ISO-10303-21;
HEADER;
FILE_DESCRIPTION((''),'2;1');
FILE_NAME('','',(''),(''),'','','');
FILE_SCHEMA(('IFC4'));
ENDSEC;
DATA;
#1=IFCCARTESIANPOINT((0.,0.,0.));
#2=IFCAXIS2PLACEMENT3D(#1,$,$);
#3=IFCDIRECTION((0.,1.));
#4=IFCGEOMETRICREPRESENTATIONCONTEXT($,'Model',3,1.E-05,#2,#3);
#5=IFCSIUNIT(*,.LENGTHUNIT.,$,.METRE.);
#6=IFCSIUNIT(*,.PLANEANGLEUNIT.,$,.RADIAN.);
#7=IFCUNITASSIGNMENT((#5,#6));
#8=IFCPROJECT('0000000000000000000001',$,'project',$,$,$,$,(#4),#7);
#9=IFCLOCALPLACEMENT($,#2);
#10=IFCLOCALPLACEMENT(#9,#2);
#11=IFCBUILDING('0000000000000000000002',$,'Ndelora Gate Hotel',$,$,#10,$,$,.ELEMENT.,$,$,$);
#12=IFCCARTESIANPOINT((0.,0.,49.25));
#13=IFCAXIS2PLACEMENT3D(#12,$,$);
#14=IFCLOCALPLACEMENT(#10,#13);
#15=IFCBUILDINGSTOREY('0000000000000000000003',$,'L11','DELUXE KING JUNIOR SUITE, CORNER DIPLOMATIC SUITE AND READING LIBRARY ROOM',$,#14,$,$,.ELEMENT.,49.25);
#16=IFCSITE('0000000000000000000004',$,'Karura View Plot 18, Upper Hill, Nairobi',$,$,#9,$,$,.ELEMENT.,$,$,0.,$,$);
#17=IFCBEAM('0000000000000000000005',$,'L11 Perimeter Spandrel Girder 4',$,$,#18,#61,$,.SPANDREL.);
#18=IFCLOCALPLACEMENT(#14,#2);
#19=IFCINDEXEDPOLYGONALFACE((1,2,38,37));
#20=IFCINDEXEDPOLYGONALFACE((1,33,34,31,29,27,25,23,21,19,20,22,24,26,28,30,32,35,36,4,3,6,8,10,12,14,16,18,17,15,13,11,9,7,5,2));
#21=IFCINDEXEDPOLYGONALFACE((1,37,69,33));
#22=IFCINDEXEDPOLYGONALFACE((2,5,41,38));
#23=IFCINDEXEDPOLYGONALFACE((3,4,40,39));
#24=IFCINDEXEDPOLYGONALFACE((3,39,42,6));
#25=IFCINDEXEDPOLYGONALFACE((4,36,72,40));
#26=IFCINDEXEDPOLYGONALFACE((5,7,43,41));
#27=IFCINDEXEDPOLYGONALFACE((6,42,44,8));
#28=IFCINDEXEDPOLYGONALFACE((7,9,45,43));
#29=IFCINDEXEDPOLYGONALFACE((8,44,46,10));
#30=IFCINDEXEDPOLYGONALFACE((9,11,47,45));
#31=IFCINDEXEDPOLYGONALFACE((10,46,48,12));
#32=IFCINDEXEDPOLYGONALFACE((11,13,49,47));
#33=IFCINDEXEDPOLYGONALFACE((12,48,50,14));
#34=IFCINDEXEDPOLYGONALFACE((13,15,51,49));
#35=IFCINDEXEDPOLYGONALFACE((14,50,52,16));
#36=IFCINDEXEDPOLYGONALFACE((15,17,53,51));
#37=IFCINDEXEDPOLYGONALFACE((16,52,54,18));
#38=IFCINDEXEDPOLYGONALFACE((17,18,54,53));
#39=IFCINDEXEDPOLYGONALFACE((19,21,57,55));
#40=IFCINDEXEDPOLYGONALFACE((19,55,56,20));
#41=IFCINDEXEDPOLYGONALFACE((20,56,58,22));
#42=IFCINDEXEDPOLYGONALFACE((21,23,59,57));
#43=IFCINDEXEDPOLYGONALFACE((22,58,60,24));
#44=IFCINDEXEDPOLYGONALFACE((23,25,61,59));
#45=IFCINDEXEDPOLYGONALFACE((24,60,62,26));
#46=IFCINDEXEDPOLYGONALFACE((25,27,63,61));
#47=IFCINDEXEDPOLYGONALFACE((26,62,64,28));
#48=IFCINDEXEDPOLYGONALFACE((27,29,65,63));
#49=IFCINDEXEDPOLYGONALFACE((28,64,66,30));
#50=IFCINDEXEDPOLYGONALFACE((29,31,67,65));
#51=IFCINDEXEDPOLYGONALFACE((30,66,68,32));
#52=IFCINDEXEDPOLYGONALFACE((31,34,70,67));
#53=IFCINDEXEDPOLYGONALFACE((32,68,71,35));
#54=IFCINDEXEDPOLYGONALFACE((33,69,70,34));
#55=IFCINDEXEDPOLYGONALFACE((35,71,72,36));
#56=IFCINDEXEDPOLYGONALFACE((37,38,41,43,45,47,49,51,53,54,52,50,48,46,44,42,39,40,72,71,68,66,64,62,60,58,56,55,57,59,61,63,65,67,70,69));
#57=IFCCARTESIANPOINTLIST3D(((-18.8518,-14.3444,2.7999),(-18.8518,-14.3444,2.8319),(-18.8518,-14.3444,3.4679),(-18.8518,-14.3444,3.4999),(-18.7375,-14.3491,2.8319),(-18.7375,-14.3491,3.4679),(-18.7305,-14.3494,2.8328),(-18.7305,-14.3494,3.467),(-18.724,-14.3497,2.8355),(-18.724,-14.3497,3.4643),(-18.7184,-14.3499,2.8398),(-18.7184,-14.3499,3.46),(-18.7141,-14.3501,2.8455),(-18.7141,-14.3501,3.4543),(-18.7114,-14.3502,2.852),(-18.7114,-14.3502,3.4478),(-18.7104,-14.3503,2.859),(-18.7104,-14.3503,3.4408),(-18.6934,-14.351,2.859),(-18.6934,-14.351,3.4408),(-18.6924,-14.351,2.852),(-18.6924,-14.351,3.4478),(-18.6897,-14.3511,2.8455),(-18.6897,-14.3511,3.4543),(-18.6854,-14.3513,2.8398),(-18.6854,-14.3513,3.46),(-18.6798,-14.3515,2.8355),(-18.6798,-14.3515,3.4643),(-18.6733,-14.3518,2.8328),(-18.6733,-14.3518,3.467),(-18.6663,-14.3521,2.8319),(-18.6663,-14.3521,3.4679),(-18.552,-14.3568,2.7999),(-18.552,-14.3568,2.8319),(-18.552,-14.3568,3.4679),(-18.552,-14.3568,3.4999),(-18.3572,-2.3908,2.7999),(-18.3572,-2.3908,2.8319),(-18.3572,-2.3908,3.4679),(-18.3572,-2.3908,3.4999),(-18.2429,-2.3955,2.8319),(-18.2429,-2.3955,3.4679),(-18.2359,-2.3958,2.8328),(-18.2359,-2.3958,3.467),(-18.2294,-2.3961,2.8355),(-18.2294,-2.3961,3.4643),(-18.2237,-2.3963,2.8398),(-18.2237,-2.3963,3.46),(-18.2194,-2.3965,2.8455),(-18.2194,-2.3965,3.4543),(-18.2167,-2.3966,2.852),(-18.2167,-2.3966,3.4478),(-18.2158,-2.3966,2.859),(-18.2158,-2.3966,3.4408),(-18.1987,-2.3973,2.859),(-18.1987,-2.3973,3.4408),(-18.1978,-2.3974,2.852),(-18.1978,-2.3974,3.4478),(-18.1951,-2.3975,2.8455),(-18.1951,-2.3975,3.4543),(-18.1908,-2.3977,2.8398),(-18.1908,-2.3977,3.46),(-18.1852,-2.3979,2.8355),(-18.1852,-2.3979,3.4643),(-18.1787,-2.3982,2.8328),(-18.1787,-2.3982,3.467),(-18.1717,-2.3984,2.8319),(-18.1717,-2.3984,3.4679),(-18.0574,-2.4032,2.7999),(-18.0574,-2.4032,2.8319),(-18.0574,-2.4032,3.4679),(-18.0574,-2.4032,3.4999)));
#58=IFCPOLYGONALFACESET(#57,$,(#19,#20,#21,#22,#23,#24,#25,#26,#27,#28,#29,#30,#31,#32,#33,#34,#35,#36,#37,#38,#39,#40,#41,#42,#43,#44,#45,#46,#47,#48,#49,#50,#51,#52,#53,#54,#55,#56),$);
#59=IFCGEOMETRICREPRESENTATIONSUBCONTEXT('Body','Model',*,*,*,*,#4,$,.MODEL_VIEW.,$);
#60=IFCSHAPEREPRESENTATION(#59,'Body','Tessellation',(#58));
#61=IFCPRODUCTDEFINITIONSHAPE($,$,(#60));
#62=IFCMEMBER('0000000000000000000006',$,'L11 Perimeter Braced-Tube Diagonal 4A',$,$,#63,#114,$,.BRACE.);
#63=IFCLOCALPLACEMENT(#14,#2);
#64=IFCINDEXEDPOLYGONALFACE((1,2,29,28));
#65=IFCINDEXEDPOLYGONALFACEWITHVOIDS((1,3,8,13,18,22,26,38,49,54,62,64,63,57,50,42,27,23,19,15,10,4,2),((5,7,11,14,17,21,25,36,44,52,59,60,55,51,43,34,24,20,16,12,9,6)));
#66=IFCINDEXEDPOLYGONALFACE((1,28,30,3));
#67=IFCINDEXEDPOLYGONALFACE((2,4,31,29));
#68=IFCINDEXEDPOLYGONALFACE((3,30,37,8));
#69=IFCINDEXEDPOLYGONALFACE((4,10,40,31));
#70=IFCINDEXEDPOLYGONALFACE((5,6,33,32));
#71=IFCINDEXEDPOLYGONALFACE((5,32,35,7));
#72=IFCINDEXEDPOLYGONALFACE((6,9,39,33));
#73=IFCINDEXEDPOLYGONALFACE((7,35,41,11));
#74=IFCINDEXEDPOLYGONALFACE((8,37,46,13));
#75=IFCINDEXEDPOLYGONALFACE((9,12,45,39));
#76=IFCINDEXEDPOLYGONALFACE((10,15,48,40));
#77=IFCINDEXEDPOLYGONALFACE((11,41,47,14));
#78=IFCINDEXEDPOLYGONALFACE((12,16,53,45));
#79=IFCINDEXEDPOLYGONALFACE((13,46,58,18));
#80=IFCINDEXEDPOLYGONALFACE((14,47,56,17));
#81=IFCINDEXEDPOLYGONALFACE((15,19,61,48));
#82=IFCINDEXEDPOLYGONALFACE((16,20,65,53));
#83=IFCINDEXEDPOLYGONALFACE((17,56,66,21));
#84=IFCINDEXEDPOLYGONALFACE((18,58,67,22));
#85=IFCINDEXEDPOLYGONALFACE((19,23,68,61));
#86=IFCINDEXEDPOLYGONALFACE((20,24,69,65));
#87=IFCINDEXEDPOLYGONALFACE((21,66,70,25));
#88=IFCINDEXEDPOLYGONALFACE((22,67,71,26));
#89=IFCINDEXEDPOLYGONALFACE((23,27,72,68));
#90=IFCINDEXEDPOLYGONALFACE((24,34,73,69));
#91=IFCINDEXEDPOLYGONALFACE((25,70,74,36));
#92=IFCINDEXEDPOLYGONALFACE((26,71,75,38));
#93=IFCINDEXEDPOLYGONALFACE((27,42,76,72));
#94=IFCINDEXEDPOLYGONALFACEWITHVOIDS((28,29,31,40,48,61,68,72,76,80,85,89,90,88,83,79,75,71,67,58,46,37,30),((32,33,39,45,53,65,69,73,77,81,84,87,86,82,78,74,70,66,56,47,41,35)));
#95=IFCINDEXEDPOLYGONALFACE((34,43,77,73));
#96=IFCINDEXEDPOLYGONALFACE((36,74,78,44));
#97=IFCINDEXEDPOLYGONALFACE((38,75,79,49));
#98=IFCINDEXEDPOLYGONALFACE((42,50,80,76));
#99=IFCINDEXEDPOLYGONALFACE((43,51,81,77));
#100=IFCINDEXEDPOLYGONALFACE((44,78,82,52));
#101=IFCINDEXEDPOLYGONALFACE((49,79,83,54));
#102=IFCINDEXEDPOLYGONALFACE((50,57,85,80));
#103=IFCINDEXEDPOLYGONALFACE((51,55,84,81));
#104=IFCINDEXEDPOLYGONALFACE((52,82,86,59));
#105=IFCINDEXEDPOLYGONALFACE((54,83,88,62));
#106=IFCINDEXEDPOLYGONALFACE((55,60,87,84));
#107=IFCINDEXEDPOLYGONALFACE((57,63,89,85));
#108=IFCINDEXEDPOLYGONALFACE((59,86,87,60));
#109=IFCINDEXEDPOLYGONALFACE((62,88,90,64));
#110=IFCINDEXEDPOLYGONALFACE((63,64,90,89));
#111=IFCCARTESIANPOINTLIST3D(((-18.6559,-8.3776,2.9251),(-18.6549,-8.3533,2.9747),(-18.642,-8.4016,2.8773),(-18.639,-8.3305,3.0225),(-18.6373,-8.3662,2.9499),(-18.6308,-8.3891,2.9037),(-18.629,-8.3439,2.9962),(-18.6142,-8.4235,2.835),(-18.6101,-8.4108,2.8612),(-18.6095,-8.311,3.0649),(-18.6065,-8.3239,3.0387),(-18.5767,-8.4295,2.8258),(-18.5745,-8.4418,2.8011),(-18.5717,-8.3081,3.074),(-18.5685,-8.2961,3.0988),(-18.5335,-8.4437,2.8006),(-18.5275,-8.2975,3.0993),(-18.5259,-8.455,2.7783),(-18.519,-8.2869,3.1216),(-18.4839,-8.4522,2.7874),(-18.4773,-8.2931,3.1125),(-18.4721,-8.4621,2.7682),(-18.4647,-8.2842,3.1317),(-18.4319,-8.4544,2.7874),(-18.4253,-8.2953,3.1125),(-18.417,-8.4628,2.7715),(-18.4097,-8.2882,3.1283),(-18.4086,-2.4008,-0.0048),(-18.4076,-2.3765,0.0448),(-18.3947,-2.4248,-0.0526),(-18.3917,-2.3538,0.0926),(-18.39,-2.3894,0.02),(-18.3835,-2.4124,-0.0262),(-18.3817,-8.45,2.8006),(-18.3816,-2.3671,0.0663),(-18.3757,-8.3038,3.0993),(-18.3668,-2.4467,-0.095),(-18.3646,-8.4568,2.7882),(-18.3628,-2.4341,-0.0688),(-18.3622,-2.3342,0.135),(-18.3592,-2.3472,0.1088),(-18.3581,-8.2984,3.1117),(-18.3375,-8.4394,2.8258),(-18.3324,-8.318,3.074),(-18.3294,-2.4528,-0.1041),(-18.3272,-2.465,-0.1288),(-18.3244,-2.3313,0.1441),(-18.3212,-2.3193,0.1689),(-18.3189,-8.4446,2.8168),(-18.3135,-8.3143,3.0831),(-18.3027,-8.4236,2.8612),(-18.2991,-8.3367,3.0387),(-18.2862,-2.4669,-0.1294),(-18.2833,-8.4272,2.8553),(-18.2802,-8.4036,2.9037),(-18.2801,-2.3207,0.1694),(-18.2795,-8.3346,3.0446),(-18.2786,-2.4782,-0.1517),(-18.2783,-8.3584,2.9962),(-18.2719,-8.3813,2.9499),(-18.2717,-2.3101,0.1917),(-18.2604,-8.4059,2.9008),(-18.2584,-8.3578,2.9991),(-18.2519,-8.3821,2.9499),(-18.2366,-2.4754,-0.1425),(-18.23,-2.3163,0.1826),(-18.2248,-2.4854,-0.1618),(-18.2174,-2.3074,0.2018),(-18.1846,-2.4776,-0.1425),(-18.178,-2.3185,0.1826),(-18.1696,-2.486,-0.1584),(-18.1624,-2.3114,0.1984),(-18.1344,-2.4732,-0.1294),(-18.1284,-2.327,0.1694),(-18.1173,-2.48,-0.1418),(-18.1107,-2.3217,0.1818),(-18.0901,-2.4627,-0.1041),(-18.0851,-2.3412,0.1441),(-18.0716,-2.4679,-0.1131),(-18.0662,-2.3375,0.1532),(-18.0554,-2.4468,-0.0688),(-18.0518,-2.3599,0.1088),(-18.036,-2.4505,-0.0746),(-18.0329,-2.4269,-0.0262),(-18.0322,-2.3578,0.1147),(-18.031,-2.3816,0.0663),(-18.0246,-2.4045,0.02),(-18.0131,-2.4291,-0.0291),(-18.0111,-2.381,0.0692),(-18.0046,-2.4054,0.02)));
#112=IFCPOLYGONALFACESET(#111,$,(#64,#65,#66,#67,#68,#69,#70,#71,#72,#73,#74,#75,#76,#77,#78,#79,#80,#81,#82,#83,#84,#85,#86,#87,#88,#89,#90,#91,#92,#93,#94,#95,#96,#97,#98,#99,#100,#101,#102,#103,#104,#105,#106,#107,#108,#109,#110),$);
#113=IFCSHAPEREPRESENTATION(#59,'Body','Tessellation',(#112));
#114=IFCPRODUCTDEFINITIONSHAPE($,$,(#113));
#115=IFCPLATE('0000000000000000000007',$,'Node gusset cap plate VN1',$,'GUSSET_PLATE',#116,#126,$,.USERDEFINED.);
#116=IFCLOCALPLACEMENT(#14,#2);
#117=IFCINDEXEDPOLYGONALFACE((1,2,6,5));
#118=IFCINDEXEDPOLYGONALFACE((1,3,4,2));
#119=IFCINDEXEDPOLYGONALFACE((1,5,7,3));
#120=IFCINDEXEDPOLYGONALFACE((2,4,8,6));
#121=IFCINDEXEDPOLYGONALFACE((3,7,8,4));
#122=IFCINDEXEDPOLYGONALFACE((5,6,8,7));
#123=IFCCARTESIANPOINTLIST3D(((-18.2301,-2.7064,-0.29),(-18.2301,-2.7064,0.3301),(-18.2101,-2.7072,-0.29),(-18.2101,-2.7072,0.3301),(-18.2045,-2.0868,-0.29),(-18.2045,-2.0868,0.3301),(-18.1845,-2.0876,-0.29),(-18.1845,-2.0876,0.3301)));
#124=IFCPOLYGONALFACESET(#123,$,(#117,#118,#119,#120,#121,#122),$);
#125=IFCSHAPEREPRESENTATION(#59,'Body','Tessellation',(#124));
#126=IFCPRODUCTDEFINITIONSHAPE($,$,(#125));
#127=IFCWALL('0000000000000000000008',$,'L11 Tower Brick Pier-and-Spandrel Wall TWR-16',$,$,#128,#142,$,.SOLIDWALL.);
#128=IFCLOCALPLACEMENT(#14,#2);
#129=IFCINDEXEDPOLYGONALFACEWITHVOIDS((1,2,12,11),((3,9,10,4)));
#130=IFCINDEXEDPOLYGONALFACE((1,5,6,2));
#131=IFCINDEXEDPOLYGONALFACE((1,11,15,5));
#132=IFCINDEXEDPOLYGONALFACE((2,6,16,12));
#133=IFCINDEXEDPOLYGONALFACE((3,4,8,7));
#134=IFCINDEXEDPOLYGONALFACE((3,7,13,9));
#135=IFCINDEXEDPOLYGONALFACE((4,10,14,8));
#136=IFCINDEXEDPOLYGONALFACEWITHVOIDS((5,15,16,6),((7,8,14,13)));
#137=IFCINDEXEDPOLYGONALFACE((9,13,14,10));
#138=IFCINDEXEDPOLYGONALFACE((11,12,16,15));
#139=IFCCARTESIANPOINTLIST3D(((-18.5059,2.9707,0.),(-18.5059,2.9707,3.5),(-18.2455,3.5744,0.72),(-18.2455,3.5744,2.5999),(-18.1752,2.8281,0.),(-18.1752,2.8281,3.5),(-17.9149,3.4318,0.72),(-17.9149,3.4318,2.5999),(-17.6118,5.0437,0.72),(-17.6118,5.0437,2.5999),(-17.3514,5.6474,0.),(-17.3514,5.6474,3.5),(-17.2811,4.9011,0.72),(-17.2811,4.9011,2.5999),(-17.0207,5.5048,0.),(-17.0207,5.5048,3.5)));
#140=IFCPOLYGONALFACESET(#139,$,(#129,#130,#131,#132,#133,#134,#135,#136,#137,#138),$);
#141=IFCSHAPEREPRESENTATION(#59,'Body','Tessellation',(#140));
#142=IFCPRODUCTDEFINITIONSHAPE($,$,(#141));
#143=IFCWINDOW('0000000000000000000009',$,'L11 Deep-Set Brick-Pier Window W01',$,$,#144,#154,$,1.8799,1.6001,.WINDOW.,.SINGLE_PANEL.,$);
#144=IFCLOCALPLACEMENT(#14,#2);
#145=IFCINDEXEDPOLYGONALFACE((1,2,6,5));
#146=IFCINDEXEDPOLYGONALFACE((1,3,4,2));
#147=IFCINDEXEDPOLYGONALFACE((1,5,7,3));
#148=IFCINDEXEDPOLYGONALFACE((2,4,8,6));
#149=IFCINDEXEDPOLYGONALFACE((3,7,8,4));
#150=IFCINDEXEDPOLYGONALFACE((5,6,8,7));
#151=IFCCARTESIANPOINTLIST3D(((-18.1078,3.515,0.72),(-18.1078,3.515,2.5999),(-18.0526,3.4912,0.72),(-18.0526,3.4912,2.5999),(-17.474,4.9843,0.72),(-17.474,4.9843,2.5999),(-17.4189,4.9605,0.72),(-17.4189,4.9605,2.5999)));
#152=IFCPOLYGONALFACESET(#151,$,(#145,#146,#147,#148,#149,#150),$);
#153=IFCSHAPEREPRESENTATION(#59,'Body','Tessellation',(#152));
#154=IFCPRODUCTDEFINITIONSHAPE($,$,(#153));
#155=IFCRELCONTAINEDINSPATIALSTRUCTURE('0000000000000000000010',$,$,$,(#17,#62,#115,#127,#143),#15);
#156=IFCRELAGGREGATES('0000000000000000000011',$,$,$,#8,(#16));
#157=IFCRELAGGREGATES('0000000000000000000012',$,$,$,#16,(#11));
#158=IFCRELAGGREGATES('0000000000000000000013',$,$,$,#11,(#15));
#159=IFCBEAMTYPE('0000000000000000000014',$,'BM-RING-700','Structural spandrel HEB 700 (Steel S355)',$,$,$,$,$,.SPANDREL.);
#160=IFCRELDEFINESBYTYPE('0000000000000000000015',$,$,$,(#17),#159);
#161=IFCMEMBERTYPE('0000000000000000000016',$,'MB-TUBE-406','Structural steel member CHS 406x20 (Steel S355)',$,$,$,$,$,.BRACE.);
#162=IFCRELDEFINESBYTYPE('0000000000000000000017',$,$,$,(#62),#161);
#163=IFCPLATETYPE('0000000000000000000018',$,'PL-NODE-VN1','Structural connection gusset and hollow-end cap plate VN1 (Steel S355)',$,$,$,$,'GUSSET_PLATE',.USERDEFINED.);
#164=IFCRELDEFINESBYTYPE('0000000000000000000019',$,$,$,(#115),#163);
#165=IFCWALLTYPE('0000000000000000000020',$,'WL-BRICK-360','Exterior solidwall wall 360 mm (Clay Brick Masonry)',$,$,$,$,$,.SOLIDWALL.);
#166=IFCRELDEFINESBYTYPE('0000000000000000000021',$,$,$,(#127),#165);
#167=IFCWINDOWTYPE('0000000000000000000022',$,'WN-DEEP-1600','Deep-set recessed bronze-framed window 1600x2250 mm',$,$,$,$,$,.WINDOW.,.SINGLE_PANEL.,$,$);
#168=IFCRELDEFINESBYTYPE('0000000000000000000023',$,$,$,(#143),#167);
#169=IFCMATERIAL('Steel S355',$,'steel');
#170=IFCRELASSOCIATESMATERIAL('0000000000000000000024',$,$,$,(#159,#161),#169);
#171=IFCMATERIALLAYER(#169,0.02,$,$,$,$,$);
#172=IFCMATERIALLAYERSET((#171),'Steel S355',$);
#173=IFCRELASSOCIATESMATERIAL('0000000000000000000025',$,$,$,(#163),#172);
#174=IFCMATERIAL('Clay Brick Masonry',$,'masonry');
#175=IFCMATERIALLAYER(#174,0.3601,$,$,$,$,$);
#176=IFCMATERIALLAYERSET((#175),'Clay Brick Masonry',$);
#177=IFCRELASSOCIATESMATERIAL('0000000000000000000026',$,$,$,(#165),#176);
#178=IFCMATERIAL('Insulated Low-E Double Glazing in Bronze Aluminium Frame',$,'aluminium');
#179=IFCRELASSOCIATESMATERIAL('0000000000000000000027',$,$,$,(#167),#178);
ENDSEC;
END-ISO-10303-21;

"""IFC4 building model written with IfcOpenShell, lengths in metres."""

from ifc_helpers import new_model, si_unit, direction, frame, frame_2d, origin, origin_2d, place, context, subcontext, project, spatial, rectangle, hollow_circle, i_section, extrude, material, layer, layer_set, material_profile, profile_set, type_object, element, fill, save


model = new_model("IFC4")

# Units and contexts
model_context = context("Model", 3, precision=1e-05, world=origin(), true_north=direction((0.0, 1.0)))
body_context = subcontext(model_context, "Body", "Model", "MODEL_VIEW")
ifc_project = project(units=[si_unit("LENGTHUNIT", "METRE"), si_unit("PLANEANGLEUNIT", "RADIAN")], contexts=[model_context])

# Site, building, storey
site_placement = place(None, origin())
site = spatial("IfcSite", under=ifc_project, at=site_placement, Name="Karura View Plot 18, Upper Hill, Nairobi", CompositionType="ELEMENT", RefElevation=0.0)
building_placement = place(site_placement, origin())
building = spatial("IfcBuilding", under=site, at=building_placement, Name="Ndelora Gate Hotel", CompositionType="ELEMENT")
storey_placement = place(building_placement, frame((0.0, 0.0, 49.25)))
storey = spatial("IfcBuildingStorey", under=building, at=storey_placement, Name="L11", Description="DELUXE KING JUNIOR SUITE, CORNER DIPLOMATIC SUITE AND READING LIBRARY ROOM", CompositionType="ELEMENT", Elevation=49.25)

# Beam
ifc_material_1 = material(Name="Steel S355", Category="steel")
ifc_material_profile_1 = material_profile(ifc_material_1, i_section(OverallWidth=0.3, OverallDepth=0.7, WebThickness=0.0171, FlangeThickness=0.032, FilletRadius=0.0271, at=origin_2d()), Name="HEB 700")
ifc_profile_set_1 = profile_set([ifc_material_profile_1], Name="Steel S355")
beam_type_1 = type_object("IfcBeamType", Name="BM-RING-700", Description="Structural spandrel HEB 700 (Steel S355)", PredefinedType="SPANDREL", material=ifc_profile_set_1)
beam_1_placement = place(storey_placement, frame((-18.2073, -2.397, 3.1499), z_axis=(-0.041344, -0.999145, 0.0), x_axis=(0.999145, -0.041344, 0.0)))
element("IfcBeam", 1, at=beam_1_placement, inside=storey, type_object=beam_type_1, Name="L11 Perimeter Spandrel Girder 4", PredefinedType="SPANDREL", context=body_context, shape_type="SweptSolid", body=[
    extrude(i_section(OverallWidth=0.3, OverallDepth=0.7, WebThickness=0.0171, FlangeThickness=0.032, FilletRadius=0.0271, at=origin_2d()), origin(), (0.0, 0.0, 1.0), 11.9639),
])

# Member
ifc_material_profile_2 = material_profile(ifc_material_1, hollow_circle(Radius=0.2029, WallThickness=0.02, at=origin_2d()), Name="CHS 406x20")
ifc_profile_set_2 = profile_set([ifc_material_profile_2], Name="Steel S355")
member_type = type_object("IfcMemberType", Name="MB-TUBE-406", Description="Structural steel member CHS 406x20 (Steel S355)", PredefinedType="BRACE", material=ifc_profile_set_2)
member_placement = place(storey_placement, frame((-18.2073, -2.397, 0.02), z_axis=(-0.037129, -0.897294, 0.439869), x_axis=(0.999145, -0.041344, 0.0)))
element("IfcMember", 2, at=member_placement, inside=storey, type_object=member_type, Name="L11 Perimeter Braced-Tube Diagonal 4A", PredefinedType="BRACE", context=body_context, shape_type="SweptSolid", body=[
    extrude(hollow_circle(Radius=0.2029, WallThickness=0.02, at=origin_2d()), origin(), (0.0, 0.0, 1.0), 6.6609),
])

# Plate
ifc_layer_1 = layer(ifc_material_1, 0.02)
ifc_layer_set_1 = layer_set([ifc_layer_1], Name="Steel S355")
plate_type = type_object("IfcPlateType", Name="PL-NODE-VN1", Description="Structural connection gusset and hollow-end cap plate VN1 (Steel S355)", ElementType="GUSSET_PLATE", PredefinedType="USERDEFINED", material=ifc_layer_set_1)
plate_placement = place(storey_placement, frame((-18.2073, -2.397, -0.29), z_axis=(0.0, 0.0, 1.0), x_axis=(0.041353, 0.999145, 0.0)))
element("IfcPlate", 3, at=plate_placement, inside=storey, type_object=plate_type, Name="Node gusset cap plate VN1", ObjectType="GUSSET_PLATE", PredefinedType="USERDEFINED", context=body_context, shape_type="SweptSolid", body=[
    extrude(rectangle(XDim=0.6201, YDim=0.02, at=origin_2d()), origin(), (0.0, 0.0, 1.0), 0.6201),
])

# Wall, opening, window
ifc_material_2 = material(Name="Clay Brick Masonry", Category="masonry")
ifc_layer_2 = layer(ifc_material_2, 0.3601)
ifc_layer_set_2 = layer_set([ifc_layer_2], Name="Clay Brick Masonry")
wall_type_1 = type_object("IfcWallType", Name="WL-BRICK-360", Description="Exterior solidwall wall 360 mm (Clay Brick Masonry)", PredefinedType="SOLIDWALL", material=ifc_layer_set_2)
wall_1_placement = place(storey_placement, frame((-18.3406, 2.8994, 0.0), z_axis=(0.0, 0.0, 1.0), x_axis=(0.396051, 0.918229, 0.0)))
wall_1 = element("IfcWall", 4, at=wall_1_placement, inside=storey, type_object=wall_type_1, Name="L11 Tower Brick Pier-and-Spandrel Wall TWR-16", PredefinedType="SOLIDWALL", context=body_context, shape_type="SweptSolid", body=[
    extrude(rectangle(XDim=2.915, YDim=0.3601, at=frame_2d((1.4575, 0.0))), origin(), (0.0, 0.0, 1.0), 3.5),
])
opening_1_placement = place(wall_1_placement, frame((0.6575, 0.0, 0.72)))
opening_1 = element("IfcOpeningElement", 5, at=opening_1_placement, cuts=wall_1, PredefinedType="OPENING", context=body_context, shape_type="SweptSolid", body=[
    extrude(rectangle(XDim=1.6001, YDim=1.8799, at=frame_2d((0.8, 0.9399))), frame((0.0, 0.1899, 0.0), z_axis=(0.0, -1.0, 0.0), x_axis=(1.0, 0.0, 0.0)), (0.0, 0.0, 1.0), 0.3801),
])
ifc_material_3 = material(Name="Insulated Low-E Double Glazing in Bronze Aluminium Frame", Category="aluminium")
window_type_1 = type_object("IfcWindowType", Name="WN-DEEP-1600", Description="Deep-set recessed bronze-framed window 1600x2250 mm", PartitioningType="SINGLE_PANEL", PredefinedType="WINDOW", material=ifc_material_3)
window_1_placement = place(opening_1_placement, origin())
window_1 = element("IfcWindow", 6, at=window_1_placement, inside=storey, type_object=window_type_1, Name="L11 Deep-Set Brick-Pier Window W01", OverallHeight=1.8799, OverallWidth=1.6001, PartitioningType="SINGLE_PANEL", PredefinedType="WINDOW", context=body_context, shape_type="SweptSolid", body=[
    extrude(rectangle(XDim=1.6001, YDim=1.8799, at=frame_2d((0.8, 0.9399))), frame((0.0, 0.03, 0.0), z_axis=(0.0, -1.0, 0.0), x_axis=(1.0, 0.0, 0.0)), (0.0, 0.0, 1.0), 0.0601),
])
fill(opening_1, window_1)

save(model, "model.ifc")
